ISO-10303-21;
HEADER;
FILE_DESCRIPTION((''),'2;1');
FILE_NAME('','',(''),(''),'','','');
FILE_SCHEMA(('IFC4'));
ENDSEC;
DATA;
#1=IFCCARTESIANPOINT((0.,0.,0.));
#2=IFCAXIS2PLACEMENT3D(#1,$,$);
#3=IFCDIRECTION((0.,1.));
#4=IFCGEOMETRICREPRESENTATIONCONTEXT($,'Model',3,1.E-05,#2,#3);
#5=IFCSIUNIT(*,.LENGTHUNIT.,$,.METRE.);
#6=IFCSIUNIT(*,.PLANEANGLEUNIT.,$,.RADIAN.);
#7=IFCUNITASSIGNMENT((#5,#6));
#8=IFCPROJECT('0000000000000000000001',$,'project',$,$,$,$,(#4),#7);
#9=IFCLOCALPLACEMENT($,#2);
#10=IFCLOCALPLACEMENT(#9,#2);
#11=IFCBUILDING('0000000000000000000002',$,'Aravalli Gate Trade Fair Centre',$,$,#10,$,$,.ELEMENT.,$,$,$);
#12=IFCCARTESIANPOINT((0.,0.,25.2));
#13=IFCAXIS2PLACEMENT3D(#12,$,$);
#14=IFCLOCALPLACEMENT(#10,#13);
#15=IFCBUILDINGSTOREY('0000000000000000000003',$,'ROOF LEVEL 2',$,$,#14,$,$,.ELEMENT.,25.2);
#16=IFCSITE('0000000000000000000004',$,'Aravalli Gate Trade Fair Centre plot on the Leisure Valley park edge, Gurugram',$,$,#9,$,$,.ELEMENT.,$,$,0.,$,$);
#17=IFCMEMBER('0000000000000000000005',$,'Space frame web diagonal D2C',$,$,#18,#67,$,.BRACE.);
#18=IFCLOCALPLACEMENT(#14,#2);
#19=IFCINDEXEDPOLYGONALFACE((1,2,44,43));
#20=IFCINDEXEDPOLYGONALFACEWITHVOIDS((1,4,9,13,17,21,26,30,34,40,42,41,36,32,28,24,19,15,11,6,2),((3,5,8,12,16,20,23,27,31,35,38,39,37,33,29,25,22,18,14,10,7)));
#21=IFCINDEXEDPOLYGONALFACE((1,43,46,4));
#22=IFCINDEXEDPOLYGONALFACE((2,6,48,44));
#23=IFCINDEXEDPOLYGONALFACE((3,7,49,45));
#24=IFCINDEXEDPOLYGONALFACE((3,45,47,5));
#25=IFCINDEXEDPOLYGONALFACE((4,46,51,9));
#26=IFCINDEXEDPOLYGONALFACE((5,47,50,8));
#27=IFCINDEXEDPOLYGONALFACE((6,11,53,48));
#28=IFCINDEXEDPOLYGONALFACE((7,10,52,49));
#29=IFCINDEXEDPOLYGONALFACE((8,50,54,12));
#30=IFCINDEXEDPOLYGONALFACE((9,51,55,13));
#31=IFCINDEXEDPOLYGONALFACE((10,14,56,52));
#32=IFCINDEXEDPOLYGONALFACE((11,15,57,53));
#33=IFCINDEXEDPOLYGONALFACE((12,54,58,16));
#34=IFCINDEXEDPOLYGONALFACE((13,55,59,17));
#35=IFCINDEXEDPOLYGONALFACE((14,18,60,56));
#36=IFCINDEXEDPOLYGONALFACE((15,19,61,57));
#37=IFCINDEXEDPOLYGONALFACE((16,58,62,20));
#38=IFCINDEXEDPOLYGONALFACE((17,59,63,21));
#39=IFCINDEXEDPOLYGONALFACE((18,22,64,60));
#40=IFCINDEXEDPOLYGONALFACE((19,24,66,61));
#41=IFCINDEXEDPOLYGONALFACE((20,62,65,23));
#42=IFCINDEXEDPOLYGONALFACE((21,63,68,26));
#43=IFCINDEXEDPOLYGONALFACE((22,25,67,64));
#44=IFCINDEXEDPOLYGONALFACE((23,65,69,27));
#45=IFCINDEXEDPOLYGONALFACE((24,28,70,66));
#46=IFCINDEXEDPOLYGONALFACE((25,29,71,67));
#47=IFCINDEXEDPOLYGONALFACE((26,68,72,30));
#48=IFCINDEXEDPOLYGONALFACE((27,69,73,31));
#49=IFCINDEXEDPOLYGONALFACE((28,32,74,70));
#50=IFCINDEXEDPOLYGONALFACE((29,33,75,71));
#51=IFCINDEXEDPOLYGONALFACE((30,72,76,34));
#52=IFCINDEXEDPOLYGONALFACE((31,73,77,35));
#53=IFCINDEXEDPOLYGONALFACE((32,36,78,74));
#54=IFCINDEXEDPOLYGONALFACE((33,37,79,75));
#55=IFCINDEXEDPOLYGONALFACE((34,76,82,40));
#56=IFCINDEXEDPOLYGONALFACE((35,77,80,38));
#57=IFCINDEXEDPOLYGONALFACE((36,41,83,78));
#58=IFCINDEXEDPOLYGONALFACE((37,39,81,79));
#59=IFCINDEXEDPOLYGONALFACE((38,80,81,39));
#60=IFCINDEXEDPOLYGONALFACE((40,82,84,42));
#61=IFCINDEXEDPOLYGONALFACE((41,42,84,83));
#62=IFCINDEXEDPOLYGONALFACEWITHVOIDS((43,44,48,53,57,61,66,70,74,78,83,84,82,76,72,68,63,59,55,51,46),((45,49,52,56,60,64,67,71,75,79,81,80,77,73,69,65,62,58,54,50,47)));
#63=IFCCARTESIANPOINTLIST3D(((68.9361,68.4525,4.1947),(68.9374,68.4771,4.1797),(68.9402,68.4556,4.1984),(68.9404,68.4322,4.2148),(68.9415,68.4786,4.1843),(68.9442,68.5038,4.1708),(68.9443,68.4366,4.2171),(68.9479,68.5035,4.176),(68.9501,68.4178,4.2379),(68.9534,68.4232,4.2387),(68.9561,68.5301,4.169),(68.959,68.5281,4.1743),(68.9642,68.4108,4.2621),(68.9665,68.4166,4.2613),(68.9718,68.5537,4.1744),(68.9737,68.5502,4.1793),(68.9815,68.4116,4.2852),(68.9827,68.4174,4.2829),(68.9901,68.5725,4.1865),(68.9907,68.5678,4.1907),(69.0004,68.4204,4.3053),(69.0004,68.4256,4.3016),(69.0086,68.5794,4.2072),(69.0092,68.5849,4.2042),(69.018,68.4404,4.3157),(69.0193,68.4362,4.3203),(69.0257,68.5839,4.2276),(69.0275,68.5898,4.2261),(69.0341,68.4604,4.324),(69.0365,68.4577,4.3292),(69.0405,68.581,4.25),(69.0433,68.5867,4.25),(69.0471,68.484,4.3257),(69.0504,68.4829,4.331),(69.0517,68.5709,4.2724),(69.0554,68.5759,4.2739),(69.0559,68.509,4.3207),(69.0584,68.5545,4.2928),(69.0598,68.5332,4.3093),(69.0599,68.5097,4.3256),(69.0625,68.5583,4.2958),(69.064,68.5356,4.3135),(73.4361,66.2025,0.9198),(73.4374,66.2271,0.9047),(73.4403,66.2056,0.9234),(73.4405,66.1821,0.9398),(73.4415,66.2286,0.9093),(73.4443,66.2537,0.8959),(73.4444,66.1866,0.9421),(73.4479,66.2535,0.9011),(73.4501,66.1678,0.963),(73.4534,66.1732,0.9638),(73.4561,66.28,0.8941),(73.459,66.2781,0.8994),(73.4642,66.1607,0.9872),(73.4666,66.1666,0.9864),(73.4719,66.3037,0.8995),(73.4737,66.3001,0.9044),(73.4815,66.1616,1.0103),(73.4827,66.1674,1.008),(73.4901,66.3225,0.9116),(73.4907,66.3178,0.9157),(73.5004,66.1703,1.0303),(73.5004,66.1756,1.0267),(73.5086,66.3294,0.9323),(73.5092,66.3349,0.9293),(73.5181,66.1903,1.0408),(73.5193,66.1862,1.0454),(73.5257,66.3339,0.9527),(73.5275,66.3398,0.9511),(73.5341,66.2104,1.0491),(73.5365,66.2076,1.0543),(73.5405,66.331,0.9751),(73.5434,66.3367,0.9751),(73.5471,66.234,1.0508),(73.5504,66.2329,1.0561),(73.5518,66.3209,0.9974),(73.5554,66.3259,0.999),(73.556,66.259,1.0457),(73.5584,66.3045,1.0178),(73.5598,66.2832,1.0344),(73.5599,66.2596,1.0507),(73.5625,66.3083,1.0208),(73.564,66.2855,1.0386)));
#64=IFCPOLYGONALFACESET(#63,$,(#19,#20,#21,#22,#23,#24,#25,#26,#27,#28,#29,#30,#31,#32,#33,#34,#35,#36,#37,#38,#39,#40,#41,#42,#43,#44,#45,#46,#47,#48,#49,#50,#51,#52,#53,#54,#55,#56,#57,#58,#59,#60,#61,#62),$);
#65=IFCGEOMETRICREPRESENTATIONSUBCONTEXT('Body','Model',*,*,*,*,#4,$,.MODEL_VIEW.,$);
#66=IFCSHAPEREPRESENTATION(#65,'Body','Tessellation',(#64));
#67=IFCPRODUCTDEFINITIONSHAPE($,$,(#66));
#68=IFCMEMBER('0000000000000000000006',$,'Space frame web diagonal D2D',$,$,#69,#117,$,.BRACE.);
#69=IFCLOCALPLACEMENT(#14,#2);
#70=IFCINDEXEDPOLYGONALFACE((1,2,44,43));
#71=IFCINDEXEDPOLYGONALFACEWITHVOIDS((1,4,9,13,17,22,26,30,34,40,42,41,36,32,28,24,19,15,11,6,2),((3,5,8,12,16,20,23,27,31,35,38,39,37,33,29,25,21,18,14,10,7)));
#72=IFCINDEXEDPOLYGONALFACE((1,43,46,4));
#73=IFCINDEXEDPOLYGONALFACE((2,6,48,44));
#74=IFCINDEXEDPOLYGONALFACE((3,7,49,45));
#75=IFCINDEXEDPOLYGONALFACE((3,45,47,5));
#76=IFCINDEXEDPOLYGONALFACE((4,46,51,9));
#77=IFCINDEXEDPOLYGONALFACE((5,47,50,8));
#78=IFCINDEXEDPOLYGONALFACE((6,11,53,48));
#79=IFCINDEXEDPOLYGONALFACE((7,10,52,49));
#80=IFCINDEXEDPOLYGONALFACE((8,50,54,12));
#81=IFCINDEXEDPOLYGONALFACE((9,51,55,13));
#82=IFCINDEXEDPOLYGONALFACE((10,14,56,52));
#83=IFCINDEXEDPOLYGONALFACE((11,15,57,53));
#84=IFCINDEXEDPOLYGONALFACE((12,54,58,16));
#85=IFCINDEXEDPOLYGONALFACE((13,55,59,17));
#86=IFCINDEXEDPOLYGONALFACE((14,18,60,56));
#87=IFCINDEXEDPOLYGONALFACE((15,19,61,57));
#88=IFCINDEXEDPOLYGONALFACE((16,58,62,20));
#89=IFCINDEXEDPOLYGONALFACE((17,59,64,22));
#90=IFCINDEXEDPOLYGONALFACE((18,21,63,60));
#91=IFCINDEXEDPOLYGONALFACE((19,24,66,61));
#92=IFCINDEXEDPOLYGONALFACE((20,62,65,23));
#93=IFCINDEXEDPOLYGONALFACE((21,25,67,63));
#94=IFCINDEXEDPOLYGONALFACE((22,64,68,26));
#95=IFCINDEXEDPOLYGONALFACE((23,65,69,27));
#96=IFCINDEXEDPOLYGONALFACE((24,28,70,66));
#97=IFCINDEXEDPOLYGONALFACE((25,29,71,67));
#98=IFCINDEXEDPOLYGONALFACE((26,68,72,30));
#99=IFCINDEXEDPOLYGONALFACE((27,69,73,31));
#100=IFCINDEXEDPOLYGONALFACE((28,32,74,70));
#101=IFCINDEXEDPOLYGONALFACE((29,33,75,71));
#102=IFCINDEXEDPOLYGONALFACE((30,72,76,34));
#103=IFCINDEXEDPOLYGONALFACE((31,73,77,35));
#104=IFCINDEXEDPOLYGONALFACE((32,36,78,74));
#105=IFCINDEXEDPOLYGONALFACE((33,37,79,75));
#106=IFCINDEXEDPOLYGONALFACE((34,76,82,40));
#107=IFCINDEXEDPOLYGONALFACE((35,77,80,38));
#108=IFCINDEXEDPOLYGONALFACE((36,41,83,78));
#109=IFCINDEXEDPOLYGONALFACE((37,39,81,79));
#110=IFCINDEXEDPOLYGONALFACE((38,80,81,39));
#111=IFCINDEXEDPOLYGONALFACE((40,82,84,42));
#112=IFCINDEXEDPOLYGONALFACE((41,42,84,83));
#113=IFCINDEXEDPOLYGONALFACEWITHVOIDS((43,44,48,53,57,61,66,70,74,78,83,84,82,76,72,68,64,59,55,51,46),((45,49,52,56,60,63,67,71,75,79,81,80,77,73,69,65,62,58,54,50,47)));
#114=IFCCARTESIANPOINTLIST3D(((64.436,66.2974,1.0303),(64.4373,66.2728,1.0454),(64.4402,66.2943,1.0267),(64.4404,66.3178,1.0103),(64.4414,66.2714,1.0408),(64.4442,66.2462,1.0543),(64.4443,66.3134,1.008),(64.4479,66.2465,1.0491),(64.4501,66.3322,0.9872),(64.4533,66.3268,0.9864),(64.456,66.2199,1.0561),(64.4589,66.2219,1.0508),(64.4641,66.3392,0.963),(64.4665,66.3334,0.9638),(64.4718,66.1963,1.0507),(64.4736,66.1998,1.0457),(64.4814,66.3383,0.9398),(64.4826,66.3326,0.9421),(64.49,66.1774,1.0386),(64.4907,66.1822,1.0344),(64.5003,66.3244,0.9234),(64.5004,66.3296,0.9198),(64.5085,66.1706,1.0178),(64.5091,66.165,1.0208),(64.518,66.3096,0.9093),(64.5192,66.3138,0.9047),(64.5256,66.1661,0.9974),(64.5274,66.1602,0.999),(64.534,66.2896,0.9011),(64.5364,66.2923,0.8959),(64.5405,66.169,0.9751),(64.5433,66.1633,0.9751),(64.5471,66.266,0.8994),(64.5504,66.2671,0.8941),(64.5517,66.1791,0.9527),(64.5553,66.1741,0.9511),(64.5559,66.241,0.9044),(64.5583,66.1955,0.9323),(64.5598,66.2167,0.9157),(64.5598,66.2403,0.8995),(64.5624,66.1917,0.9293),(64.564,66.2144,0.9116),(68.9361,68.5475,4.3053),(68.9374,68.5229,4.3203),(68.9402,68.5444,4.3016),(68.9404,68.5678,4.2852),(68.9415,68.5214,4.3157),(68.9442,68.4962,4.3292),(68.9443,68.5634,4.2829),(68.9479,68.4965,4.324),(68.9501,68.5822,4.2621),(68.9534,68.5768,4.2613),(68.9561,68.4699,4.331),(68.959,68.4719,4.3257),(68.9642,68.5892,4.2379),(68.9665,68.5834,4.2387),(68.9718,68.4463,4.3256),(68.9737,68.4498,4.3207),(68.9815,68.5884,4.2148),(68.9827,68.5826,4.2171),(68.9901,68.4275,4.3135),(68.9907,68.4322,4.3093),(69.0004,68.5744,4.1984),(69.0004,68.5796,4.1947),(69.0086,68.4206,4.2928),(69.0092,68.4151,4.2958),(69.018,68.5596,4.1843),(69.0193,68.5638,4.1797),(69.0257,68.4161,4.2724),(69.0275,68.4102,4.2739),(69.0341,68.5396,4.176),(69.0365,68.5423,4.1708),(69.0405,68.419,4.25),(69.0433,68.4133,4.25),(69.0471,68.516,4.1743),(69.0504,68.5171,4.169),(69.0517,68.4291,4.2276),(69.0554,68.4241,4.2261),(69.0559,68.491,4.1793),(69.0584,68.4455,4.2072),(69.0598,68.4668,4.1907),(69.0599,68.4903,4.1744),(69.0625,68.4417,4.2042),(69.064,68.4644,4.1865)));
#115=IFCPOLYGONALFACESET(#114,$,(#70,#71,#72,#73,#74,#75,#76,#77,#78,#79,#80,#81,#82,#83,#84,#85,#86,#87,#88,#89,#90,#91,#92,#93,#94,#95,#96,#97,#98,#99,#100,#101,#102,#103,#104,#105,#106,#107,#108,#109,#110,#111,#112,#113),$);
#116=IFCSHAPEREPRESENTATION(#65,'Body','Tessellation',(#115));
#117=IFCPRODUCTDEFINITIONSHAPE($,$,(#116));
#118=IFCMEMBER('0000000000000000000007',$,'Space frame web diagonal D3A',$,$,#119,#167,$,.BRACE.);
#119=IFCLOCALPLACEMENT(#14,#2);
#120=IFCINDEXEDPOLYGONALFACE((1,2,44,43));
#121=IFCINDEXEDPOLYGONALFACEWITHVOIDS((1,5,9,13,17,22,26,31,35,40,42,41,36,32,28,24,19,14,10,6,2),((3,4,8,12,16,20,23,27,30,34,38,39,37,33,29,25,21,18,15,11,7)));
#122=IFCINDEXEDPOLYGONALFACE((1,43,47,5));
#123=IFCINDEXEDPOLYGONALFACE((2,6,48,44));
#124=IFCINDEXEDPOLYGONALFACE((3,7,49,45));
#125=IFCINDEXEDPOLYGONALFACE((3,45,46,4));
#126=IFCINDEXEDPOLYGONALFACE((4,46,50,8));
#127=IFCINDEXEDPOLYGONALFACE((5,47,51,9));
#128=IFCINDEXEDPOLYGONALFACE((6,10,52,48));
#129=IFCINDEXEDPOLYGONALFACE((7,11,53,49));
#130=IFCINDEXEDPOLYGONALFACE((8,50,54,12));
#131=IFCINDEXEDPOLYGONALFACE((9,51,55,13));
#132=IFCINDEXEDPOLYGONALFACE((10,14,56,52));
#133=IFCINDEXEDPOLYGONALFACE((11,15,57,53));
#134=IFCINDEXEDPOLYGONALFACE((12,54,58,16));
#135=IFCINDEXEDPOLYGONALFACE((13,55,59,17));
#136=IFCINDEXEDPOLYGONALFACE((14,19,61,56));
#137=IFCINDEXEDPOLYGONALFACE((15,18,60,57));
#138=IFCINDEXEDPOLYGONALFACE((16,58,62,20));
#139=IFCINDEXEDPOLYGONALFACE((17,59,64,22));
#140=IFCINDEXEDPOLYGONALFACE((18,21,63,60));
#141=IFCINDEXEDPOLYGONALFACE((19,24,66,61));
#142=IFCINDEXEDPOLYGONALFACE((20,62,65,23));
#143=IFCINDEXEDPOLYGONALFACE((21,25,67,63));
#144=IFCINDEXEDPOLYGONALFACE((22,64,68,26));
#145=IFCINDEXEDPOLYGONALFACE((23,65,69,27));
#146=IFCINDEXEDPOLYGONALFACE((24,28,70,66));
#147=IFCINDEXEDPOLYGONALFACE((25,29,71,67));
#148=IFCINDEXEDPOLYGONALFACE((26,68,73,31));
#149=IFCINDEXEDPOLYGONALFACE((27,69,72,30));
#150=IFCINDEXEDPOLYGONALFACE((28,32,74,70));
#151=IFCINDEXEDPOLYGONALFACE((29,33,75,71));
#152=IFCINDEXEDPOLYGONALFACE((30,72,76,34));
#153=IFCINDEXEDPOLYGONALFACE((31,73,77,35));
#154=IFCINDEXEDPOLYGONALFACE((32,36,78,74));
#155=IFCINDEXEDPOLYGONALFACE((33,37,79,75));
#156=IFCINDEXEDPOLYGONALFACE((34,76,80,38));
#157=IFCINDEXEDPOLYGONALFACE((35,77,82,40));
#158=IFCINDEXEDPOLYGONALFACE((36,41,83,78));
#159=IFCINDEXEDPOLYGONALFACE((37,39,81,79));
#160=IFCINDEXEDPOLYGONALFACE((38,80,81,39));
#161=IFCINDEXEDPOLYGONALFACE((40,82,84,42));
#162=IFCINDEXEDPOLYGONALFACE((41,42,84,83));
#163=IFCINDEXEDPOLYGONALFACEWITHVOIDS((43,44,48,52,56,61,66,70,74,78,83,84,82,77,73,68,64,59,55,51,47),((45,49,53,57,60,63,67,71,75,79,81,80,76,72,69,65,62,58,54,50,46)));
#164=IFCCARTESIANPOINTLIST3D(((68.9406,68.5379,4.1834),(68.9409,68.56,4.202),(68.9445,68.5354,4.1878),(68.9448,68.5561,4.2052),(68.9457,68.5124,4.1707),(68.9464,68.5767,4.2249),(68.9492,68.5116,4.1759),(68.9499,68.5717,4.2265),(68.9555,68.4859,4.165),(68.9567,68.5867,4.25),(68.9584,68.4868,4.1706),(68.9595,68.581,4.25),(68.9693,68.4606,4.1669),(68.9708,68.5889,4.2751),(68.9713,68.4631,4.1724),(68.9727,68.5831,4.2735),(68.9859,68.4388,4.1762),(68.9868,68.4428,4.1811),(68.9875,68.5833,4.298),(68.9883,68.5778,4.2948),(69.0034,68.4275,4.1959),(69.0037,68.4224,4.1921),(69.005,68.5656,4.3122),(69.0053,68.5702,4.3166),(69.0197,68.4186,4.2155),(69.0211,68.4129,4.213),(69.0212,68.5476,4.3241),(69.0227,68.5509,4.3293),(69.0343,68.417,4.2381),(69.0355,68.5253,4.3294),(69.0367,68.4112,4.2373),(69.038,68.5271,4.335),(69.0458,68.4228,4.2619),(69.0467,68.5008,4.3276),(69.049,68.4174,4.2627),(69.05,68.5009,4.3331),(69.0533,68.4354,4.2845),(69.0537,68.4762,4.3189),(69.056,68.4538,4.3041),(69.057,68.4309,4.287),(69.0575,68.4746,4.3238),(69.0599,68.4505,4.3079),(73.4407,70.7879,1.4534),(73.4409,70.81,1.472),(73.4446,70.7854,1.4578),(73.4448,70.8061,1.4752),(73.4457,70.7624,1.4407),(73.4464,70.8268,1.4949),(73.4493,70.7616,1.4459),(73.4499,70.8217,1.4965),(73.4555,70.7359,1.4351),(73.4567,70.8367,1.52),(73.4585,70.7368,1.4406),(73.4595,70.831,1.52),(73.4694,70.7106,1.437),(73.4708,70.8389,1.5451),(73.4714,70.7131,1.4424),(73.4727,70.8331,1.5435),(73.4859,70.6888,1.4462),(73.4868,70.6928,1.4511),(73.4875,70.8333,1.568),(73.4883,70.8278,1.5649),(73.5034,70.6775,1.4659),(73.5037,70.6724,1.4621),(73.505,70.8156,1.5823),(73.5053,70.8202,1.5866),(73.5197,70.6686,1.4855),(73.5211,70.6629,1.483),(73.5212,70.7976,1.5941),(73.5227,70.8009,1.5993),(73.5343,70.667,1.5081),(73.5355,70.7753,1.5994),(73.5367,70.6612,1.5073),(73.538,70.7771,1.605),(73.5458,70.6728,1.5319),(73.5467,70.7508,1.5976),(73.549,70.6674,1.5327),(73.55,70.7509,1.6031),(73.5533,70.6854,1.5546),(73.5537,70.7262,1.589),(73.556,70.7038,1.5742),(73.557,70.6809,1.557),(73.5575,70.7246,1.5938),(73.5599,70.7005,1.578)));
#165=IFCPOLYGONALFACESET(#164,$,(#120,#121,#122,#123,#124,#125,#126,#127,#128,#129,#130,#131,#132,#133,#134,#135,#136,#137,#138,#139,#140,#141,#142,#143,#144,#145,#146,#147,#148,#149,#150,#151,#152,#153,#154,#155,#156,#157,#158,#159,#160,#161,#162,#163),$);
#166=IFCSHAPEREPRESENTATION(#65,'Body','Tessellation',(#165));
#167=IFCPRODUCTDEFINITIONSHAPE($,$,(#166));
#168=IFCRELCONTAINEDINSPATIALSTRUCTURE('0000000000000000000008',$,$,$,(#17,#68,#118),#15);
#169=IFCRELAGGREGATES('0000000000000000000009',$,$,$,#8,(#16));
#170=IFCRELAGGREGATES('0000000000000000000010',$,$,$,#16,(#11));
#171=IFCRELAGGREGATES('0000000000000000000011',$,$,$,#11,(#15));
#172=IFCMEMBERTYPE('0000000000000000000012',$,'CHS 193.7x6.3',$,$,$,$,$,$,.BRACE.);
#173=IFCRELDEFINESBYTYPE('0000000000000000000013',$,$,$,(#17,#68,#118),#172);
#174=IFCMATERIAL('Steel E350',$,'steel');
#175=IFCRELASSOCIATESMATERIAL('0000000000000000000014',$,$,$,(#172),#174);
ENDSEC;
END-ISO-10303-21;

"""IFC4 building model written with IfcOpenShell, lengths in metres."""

from ifc_helpers import new_model, si_unit, direction, frame, origin, origin_2d, place, context, subcontext, project, spatial, hollow_circle, extrude, material, material_profile, profile_set, type_object, element, save


model = new_model("IFC4")

# Units and contexts
model_context = context("Model", 3, precision=1e-05, world=origin(), true_north=direction((0.0, 1.0)))
body_context = subcontext(model_context, "Body", "Model", "MODEL_VIEW")
ifc_project = project(units=[si_unit("LENGTHUNIT", "METRE"), si_unit("PLANEANGLEUNIT", "RADIAN")], contexts=[model_context])

# Site, building, storey
site_placement = place(None, origin())
site = spatial("IfcSite", under=ifc_project, at=site_placement, Name="Aravalli Gate Trade Fair Centre plot on the Leisure Valley park edge, Gurugram", CompositionType="ELEMENT", RefElevation=0.0)
building_placement = place(site_placement, origin())
building = spatial("IfcBuilding", under=site, at=building_placement, Name="Aravalli Gate Trade Fair Centre", CompositionType="ELEMENT")
storey_placement = place(building_placement, frame((0.0, 0.0, 25.2)))
storey = spatial("IfcBuildingStorey", under=building, at=storey_placement, Name="ROOF LEVEL 2", CompositionType="ELEMENT", Elevation=25.2)

# Members
ifc_material_1 = material(Name="Steel E350", Category="steel")
ifc_material_profile_1 = material_profile(ifc_material_1, hollow_circle(Radius=0.0969, WallThickness=0.0063, at=origin_2d()), Name="CHS 193.7x6.3")
ifc_profile_set_1 = profile_set([ifc_material_profile_1], Name="Steel E350")
member_type_1 = type_object("IfcMemberType", Name="CHS 193.7x6.3", PredefinedType="BRACE", material=ifc_profile_set_1)
for number, where, z_axis, x_axis, name in (
    (1, (69.0, 68.5, 4.25), (0.74961, -0.374805, -0.545533), (0.447214, 0.894427, 0.0), "Space frame web diagonal D2C"),
    (2, (69.0, 68.5, 4.25), (-0.74961, -0.374805, -0.545533), (0.447214, -0.894427, 0.0), "Space frame web diagonal D2D"),
):
    element("IfcMember", number, at=place(storey_placement, frame(where, z_axis=z_axis, x_axis=x_axis)), inside=storey, type_object=member_type_1, Name=name, PredefinedType="BRACE", context=body_context, shape_type="SweptSolid", body=[
        extrude(hollow_circle(Radius=0.0969, WallThickness=0.0063, at=origin_2d()), origin(), (0.0, 0.0, 1.0), 6.0032),
    ])
for number, where, z_axis, x_axis, name in (
    (3, (69.0, 68.5, 4.25), (0.78615, 0.393075, -0.476928), (-0.447214, 0.894427, 0.0), "Space frame web diagonal D3A"),
):
    element("IfcMember", number, at=place(storey_placement, frame(where, z_axis=z_axis, x_axis=x_axis)), inside=storey, type_object=member_type_1, Name=name, PredefinedType="BRACE", context=body_context, shape_type="SweptSolid", body=[
        extrude(hollow_circle(Radius=0.0969, WallThickness=0.0063, at=origin_2d()), origin(), (0.0, 0.0, 1.0), 5.7241),
    ])

save(model, "model.ifc")
